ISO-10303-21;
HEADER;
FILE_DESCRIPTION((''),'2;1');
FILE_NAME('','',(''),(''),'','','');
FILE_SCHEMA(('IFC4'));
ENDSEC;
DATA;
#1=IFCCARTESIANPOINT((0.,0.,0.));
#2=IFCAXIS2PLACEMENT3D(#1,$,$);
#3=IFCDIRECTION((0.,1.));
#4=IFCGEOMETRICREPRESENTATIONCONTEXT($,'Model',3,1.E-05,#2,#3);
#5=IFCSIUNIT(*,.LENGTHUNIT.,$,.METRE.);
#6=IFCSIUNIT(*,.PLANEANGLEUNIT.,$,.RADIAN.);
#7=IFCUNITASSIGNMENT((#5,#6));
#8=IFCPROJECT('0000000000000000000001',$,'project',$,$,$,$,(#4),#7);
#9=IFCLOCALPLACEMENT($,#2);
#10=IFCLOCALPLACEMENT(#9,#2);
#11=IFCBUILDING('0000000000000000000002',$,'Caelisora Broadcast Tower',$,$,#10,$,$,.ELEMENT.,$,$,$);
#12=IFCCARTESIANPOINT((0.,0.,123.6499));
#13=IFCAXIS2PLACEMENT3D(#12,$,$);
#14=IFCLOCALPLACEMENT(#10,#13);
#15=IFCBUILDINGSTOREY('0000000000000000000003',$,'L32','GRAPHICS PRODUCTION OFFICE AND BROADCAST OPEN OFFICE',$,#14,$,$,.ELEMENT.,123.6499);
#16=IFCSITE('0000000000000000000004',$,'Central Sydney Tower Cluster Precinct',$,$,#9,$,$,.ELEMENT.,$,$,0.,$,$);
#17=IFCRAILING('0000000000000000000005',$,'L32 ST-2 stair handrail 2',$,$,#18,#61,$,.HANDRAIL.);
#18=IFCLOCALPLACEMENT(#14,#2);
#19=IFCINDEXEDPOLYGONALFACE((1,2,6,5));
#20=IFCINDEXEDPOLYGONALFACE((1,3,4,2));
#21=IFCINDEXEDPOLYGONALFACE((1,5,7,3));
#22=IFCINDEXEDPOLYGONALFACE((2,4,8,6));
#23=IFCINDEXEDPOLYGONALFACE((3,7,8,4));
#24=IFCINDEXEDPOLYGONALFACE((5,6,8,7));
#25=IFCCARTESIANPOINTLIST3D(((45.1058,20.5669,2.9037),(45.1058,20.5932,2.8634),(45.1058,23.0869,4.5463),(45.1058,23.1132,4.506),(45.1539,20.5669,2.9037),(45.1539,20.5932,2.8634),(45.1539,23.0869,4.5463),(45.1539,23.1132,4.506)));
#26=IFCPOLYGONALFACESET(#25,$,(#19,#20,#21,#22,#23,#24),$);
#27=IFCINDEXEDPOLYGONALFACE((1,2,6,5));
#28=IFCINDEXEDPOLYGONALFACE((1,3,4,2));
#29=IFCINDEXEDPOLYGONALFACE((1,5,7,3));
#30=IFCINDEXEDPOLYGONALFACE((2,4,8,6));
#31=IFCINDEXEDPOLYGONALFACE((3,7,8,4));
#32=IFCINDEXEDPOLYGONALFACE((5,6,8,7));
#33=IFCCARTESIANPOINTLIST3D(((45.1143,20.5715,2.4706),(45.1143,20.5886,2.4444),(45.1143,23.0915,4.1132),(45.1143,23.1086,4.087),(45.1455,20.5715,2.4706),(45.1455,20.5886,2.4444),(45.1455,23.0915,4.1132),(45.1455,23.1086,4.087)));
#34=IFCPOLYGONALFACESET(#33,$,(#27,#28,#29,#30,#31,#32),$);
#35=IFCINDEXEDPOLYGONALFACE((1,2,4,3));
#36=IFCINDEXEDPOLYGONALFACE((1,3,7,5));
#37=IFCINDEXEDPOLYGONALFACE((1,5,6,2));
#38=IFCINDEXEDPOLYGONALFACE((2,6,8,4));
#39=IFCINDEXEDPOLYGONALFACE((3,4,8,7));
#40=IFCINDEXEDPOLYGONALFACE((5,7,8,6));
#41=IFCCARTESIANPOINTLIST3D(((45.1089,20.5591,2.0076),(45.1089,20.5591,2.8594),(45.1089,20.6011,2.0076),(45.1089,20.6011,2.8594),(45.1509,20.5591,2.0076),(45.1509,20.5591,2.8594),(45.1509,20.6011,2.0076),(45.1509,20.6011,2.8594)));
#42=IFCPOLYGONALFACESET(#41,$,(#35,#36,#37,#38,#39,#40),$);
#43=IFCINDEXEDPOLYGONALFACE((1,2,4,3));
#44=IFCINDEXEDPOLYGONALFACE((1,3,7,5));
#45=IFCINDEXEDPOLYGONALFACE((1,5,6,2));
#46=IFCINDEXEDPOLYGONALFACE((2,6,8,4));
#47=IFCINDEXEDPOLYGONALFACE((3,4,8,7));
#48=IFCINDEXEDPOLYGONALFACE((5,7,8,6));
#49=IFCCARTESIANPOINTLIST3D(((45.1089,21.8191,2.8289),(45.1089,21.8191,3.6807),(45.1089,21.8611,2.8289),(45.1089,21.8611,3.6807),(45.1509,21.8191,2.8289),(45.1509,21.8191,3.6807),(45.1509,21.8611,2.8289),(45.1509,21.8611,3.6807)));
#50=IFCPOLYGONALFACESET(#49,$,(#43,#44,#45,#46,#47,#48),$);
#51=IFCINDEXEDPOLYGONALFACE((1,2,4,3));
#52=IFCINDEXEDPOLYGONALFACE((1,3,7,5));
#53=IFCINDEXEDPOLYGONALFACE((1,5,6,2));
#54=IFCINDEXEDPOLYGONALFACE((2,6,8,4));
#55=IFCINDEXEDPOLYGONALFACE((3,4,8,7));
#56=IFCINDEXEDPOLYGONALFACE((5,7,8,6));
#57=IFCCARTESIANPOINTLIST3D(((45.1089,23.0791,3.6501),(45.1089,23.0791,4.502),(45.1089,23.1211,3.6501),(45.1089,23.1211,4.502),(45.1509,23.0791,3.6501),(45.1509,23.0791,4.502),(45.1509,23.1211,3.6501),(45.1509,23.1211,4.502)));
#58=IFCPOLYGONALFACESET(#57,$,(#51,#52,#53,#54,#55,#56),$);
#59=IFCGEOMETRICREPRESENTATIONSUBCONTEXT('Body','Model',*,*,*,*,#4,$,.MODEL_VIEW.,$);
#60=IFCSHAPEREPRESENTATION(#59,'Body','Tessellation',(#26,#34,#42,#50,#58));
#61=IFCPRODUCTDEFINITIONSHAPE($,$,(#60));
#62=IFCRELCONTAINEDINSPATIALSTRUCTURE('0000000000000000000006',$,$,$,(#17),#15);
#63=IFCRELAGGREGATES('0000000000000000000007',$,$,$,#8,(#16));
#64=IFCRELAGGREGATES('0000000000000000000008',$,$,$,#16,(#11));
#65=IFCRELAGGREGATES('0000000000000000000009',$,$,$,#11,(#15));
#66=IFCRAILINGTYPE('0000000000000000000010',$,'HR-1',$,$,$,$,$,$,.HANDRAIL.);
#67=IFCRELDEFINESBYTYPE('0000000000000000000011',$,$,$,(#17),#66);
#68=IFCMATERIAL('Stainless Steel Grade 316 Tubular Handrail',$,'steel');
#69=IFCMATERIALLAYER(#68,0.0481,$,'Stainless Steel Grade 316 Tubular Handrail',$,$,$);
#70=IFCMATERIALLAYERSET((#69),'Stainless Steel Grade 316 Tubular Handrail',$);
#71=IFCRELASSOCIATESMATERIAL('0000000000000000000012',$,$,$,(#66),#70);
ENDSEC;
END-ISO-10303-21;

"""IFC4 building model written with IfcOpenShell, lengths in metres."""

from ifc_helpers import new_model, si_unit, direction, frame, origin, origin_2d, place, context, subcontext, project, spatial, rectangle, extrude, material, layer, layer_set, type_object, element, save


model = new_model("IFC4")

# Units and contexts
model_context = context("Model", 3, precision=1e-05, world=origin(), true_north=direction((0.0, 1.0)))
body_context = subcontext(model_context, "Body", "Model", "MODEL_VIEW")
ifc_project = project(units=[si_unit("LENGTHUNIT", "METRE"), si_unit("PLANEANGLEUNIT", "RADIAN")], contexts=[model_context])

# Site, building, storey
site_placement = place(None, origin())
site = spatial("IfcSite", under=ifc_project, at=site_placement, Name="Central Sydney Tower Cluster Precinct", CompositionType="ELEMENT", RefElevation=0.0)
building_placement = place(site_placement, origin())
building = spatial("IfcBuilding", under=site, at=building_placement, Name="Caelisora Broadcast Tower", CompositionType="ELEMENT")
storey_placement = place(building_placement, frame((0.0, 0.0, 123.6499)))
storey = spatial("IfcBuildingStorey", under=building, at=storey_placement, Name="L32", Description="GRAPHICS PRODUCTION OFFICE AND BROADCAST OPEN OFFICE", CompositionType="ELEMENT", Elevation=123.6499)

# Railing
ifc_material_1 = material(Name="Stainless Steel Grade 316 Tubular Handrail", Category="steel")
ifc_layer_1 = layer(ifc_material_1, 0.0481, Name="Stainless Steel Grade 316 Tubular Handrail")
ifc_layer_set_1 = layer_set([ifc_layer_1], Name="Stainless Steel Grade 316 Tubular Handrail")
railing_type_1 = type_object("IfcRailingType", Name="HR-1", PredefinedType="HANDRAIL", material=ifc_layer_set_1)
railing_1_placement = place(storey_placement, frame((45.1299, 20.5801, 2.0076)))
element("IfcRailing", 1, at=railing_1_placement, inside=storey, type_object=railing_type_1, Name="L32 ST-2 stair handrail 2", PredefinedType="HANDRAIL", context=body_context, shape_type="SweptSolid", body=[
    extrude(rectangle(XDim=0.0481, YDim=0.0481, at=origin_2d()), frame((0.0, 0.0, 0.876), z_axis=(0.0, 0.837749, 0.546055), x_axis=(-1.0, 0.0, 0.0)), (0.0, 0.0, 1.0), 3.0081),
    extrude(rectangle(XDim=0.0312, YDim=0.0312, at=origin_2d()), frame((0.0, 0.0, 0.45), z_axis=(0.0, 0.837749, 0.546055), x_axis=(-1.0, 0.0, 0.0)), (0.0, 0.0, 1.0), 3.0081),
    extrude(rectangle(XDim=0.042, YDim=0.042, at=origin_2d()), origin(), (0.0, 0.0, 1.0), 0.8518),
    extrude(rectangle(XDim=0.042, YDim=0.042, at=origin_2d()), frame((0.0, 1.26, 0.8213)), (0.0, 0.0, 1.0), 0.8518),
    extrude(rectangle(XDim=0.042, YDim=0.042, at=origin_2d()), frame((0.0, 2.52, 1.6426)), (0.0, 0.0, 1.0), 0.8518),
])

save(model, "model.ifc")
